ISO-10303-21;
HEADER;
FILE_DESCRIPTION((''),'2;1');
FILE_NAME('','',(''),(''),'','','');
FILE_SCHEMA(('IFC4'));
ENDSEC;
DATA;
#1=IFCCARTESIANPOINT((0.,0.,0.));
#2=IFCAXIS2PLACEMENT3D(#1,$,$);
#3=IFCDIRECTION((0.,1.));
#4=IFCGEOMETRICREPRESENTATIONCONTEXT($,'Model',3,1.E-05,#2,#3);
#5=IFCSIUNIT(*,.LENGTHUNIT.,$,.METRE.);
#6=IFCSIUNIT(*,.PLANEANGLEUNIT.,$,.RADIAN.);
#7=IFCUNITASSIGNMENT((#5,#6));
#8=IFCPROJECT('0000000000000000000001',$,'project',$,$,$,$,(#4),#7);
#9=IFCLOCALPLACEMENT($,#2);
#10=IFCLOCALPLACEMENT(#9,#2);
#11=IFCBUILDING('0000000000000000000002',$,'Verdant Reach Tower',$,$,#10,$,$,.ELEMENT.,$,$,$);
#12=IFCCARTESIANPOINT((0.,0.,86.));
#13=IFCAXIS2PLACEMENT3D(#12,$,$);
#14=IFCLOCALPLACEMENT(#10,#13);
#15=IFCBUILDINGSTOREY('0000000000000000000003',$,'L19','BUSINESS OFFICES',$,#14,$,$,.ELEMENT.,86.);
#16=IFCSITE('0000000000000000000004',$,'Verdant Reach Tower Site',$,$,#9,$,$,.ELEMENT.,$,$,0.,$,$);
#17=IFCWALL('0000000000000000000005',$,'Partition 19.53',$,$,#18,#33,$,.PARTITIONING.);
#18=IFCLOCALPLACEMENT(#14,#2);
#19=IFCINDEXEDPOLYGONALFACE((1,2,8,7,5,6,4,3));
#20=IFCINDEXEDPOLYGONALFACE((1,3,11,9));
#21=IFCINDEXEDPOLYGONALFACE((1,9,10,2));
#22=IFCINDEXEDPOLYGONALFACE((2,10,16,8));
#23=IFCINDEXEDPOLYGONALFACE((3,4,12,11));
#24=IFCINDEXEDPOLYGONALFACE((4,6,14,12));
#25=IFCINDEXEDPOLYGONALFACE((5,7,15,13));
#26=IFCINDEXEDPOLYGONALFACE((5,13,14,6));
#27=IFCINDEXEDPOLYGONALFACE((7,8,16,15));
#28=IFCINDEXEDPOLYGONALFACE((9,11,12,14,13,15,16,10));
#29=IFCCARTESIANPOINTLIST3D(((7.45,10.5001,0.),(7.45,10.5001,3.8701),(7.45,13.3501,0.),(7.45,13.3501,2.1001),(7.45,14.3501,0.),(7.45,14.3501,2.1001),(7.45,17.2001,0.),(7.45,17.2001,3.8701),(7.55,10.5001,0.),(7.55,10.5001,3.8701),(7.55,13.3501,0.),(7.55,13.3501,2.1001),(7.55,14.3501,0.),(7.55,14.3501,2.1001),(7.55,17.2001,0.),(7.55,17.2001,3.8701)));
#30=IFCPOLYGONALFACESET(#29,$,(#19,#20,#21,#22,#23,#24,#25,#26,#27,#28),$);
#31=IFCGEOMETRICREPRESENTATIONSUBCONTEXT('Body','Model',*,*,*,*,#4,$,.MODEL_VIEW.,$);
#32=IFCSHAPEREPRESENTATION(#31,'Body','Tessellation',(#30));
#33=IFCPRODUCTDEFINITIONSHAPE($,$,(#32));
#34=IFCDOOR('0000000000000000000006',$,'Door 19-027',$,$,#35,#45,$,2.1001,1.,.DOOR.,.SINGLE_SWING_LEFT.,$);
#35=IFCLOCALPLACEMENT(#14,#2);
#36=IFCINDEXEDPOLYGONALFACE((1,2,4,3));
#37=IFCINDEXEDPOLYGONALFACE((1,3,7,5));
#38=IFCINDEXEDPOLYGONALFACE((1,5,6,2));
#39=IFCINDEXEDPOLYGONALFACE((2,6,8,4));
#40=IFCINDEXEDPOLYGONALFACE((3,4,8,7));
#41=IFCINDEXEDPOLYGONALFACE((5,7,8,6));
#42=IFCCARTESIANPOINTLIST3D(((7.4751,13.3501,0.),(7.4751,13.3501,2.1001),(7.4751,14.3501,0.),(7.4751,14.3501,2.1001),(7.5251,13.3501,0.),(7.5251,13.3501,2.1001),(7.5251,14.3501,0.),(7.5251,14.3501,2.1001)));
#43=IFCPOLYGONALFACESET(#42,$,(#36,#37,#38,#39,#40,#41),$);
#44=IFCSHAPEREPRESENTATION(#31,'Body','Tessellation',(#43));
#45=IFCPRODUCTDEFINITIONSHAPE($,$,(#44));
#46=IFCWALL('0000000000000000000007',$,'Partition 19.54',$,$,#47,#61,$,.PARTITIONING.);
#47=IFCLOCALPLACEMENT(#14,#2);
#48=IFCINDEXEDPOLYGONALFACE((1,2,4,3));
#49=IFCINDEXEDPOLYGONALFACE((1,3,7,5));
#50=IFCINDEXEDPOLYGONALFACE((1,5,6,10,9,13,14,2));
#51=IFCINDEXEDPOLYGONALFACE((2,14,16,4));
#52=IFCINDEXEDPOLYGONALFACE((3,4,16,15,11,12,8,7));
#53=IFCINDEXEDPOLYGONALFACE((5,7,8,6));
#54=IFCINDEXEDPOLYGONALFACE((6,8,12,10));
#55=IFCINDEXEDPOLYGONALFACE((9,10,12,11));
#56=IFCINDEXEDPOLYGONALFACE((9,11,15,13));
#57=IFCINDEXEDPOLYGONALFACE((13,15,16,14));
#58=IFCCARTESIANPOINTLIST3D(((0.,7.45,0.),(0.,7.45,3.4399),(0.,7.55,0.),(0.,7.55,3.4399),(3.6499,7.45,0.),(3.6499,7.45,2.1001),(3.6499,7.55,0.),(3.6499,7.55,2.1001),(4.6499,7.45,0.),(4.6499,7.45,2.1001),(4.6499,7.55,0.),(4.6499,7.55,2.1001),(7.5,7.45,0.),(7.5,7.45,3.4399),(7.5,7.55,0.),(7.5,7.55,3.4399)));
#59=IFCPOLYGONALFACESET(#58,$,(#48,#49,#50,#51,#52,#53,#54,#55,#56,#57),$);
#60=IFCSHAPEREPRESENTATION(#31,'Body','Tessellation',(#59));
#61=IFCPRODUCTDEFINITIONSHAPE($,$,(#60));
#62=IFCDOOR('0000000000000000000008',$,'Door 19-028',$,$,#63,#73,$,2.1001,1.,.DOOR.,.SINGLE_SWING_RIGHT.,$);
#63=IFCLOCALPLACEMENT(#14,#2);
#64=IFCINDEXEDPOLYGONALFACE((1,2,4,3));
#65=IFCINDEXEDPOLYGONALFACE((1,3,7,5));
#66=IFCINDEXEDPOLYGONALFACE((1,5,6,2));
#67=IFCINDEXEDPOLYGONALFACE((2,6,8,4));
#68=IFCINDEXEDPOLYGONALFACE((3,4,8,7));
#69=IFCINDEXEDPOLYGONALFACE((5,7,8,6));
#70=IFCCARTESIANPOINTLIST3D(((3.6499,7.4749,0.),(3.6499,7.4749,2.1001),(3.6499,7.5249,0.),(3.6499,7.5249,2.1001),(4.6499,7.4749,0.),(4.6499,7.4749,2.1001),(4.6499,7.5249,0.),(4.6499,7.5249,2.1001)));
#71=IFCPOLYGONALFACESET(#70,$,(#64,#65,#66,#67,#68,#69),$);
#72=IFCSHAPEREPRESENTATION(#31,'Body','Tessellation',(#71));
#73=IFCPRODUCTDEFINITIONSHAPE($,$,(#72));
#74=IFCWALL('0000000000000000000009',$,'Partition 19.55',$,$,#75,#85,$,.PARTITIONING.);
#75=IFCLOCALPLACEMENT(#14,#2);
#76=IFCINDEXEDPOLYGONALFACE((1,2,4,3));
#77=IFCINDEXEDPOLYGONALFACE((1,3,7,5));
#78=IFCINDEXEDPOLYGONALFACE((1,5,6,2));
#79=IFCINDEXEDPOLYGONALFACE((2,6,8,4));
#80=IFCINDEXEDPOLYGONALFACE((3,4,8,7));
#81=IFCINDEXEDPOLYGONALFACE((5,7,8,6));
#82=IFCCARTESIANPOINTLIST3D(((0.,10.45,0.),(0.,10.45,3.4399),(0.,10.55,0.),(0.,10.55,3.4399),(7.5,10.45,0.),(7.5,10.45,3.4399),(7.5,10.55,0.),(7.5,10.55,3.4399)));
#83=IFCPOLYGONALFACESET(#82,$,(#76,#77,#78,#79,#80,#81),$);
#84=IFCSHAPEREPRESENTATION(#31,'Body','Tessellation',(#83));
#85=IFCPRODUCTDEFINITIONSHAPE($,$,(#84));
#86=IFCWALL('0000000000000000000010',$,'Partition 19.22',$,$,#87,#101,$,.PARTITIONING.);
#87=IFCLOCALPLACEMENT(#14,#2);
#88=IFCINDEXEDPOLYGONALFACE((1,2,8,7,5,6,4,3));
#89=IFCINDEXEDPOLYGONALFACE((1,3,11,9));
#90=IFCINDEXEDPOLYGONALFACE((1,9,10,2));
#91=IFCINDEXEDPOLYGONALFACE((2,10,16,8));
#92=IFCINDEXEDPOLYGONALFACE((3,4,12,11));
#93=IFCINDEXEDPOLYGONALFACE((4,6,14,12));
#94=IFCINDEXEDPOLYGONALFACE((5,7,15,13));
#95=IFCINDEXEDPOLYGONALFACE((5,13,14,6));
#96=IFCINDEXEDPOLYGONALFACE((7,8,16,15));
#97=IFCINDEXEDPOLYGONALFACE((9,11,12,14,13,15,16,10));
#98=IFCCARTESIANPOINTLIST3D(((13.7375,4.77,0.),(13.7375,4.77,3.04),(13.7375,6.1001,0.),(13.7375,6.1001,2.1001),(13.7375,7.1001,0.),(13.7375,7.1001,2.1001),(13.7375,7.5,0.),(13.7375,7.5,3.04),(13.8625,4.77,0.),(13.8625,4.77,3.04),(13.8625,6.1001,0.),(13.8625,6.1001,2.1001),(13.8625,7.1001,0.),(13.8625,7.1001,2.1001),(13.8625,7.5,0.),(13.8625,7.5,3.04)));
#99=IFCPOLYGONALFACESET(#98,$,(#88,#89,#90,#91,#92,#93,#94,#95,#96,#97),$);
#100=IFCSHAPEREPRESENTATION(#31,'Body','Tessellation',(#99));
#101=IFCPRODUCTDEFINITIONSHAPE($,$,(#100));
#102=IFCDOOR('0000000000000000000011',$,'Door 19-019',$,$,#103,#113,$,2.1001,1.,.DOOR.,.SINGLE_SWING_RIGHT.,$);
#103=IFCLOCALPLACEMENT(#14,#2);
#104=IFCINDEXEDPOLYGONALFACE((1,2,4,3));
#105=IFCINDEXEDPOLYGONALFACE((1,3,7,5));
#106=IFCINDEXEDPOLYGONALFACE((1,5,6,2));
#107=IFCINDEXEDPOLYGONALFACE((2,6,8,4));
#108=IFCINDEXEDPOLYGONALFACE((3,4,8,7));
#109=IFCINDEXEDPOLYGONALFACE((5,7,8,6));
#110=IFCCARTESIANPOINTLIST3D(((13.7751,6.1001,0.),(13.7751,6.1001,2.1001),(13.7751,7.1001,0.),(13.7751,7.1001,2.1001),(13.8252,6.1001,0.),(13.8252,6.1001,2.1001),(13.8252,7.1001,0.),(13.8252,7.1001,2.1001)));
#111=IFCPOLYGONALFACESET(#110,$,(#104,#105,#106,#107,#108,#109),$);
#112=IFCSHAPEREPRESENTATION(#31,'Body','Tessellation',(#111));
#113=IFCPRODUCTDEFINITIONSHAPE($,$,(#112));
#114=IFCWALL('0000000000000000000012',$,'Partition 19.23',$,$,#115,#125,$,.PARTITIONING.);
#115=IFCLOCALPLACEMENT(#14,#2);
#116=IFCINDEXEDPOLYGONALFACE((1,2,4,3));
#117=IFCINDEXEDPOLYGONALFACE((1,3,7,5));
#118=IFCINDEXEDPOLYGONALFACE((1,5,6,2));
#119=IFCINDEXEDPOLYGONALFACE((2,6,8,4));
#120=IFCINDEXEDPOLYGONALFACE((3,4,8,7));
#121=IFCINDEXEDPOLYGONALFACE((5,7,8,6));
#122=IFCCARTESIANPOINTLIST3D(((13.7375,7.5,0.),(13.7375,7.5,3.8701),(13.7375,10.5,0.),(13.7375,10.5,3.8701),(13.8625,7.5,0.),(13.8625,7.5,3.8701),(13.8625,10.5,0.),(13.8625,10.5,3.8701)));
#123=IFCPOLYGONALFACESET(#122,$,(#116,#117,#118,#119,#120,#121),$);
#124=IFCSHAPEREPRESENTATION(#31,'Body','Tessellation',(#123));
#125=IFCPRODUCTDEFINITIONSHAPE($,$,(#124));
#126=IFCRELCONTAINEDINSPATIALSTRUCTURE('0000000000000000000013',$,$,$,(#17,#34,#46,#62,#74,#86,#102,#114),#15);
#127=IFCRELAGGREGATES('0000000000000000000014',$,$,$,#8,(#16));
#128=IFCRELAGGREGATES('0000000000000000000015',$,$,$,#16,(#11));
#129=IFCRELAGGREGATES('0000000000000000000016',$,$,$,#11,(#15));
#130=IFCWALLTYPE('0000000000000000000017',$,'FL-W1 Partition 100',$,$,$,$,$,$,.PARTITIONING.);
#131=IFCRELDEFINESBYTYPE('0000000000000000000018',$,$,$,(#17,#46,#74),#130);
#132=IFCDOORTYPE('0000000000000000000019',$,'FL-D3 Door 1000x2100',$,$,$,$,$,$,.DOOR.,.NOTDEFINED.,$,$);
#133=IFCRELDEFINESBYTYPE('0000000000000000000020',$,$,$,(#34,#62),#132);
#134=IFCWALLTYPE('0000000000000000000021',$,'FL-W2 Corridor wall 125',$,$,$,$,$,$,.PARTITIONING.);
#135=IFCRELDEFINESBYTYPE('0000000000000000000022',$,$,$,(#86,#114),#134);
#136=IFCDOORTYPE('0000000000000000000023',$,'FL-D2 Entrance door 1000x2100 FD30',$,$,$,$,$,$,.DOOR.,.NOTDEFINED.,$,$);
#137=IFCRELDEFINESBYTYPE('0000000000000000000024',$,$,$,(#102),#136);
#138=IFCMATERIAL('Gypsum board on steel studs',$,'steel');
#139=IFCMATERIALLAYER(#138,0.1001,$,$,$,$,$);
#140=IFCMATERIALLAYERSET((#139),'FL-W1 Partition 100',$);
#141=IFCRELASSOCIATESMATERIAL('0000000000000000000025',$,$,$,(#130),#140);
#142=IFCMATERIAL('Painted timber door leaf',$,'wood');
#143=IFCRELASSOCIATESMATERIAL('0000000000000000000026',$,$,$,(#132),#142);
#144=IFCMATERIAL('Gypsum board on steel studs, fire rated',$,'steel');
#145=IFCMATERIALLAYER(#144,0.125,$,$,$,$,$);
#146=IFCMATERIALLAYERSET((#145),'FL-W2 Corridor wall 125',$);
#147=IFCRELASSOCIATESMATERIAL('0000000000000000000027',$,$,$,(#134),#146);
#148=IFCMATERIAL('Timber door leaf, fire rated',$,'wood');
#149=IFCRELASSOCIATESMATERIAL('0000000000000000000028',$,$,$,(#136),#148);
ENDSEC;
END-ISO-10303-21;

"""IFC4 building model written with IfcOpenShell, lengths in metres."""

from ifc_helpers import new_model, si_unit, direction, frame, frame_2d, origin, place, context, subcontext, project, spatial, rectangle, extrude, material, layer, layer_set, type_object, element, fill, save


model = new_model("IFC4")

# Units and contexts
model_context = context("Model", 3, precision=1e-05, world=origin(), true_north=direction((0.0, 1.0)))
body_context = subcontext(model_context, "Body", "Model", "MODEL_VIEW")
ifc_project = project(units=[si_unit("LENGTHUNIT", "METRE"), si_unit("PLANEANGLEUNIT", "RADIAN")], contexts=[model_context])

# Site, building, storey
site_placement = place(None, origin())
site = spatial("IfcSite", under=ifc_project, at=site_placement, Name="Verdant Reach Tower Site", CompositionType="ELEMENT", RefElevation=0.0)
building_placement = place(site_placement, origin())
building = spatial("IfcBuilding", under=site, at=building_placement, Name="Verdant Reach Tower", CompositionType="ELEMENT")
storey_placement = place(building_placement, frame((0.0, 0.0, 86.0)))
storey = spatial("IfcBuildingStorey", under=building, at=storey_placement, Name="L19", Description="BUSINESS OFFICES", CompositionType="ELEMENT", Elevation=86.0)

# Shared definitions
ifc_material_1 = material(Name="Gypsum board on steel studs", Category="steel")
ifc_layer_1 = layer(ifc_material_1, 0.1001)
ifc_layer_set_1 = layer_set([ifc_layer_1], Name="FL-W1 Partition 100")
wall_type_1 = type_object("IfcWallType", Name="FL-W1 Partition 100", PredefinedType="PARTITIONING", material=ifc_layer_set_1)

# Shared definitions
ifc_material_2 = material(Name="Painted timber door leaf", Category="wood")
door_type_1 = type_object("IfcDoorType", Name="FL-D3 Door 1000x2100", OperationType="NOTDEFINED", PredefinedType="DOOR", material=ifc_material_2)

# Walls, openings, doors
wall_1_placement = place(storey_placement, frame((7.5, 10.5, 0.0), z_axis=(0.0, 0.0, 1.0), x_axis=(0.0, 1.0, 0.0)))
wall_1 = element("IfcWall", 1, at=wall_1_placement, inside=storey, type_object=wall_type_1, Name="Partition 19.53", PredefinedType="PARTITIONING", context=body_context, shape_type="SweptSolid", body=[
    extrude(rectangle(XDim=6.7, YDim=0.1001, at=frame_2d((3.3501, 0.0))), origin(), (0.0, 0.0, 1.0), 3.8701),
])
opening_1_placement = place(wall_1_placement, frame((2.8501, 0.0, 0.0)))
opening_1 = element("IfcOpeningElement", 2, at=opening_1_placement, cuts=wall_1, PredefinedType="OPENING", context=body_context, shape_type="SweptSolid", body=[
    extrude(rectangle(XDim=1.0, YDim=2.1001, at=frame_2d((0.5, 1.05))), frame((0.0, 0.0601, 0.0), z_axis=(0.0, -1.0, 0.0), x_axis=(1.0, 0.0, 0.0)), (0.0, 0.0, 1.0), 0.1201),
])
door_1_placement = place(opening_1_placement, origin())
door_1 = element("IfcDoor", 3, at=door_1_placement, inside=storey, type_object=door_type_1, Name="Door 19-027", OperationType="SINGLE_SWING_LEFT", OverallHeight=2.1001, OverallWidth=1.0, PredefinedType="DOOR", context=body_context, shape_type="SweptSolid", body=[
    extrude(rectangle(XDim=1.0, YDim=2.1001, at=frame_2d((0.5, 1.05))), frame((0.0, 0.0249, 0.0), z_axis=(0.0, -1.0, 0.0), x_axis=(1.0, 0.0, 0.0)), (0.0, 0.0, 1.0), 0.05),
])
fill(opening_1, door_1)
wall_2_placement = place(storey_placement, frame((0.0, 7.5, 0.0), z_axis=(0.0, 0.0, 1.0), x_axis=(1.0, 0.0, 0.0)))
wall_2 = element("IfcWall", 4, at=wall_2_placement, inside=storey, type_object=wall_type_1, Name="Partition 19.54", PredefinedType="PARTITIONING", context=body_context, shape_type="SweptSolid", body=[
    extrude(rectangle(XDim=7.5, YDim=0.1001, at=frame_2d((3.75, 0.0))), origin(), (0.0, 0.0, 1.0), 3.4399),
])
opening_2_placement = place(wall_2_placement, frame((3.6499, 0.0, 0.0)))
opening_2 = element("IfcOpeningElement", 5, at=opening_2_placement, cuts=wall_2, PredefinedType="OPENING", context=body_context, shape_type="SweptSolid", body=[
    extrude(rectangle(XDim=1.0, YDim=2.1001, at=frame_2d((0.5, 1.05))), frame((0.0, 0.0601, 0.0), z_axis=(0.0, -1.0, 0.0), x_axis=(1.0, 0.0, 0.0)), (0.0, 0.0, 1.0), 0.1201),
])
door_2_placement = place(opening_2_placement, origin())
door_2 = element("IfcDoor", 6, at=door_2_placement, inside=storey, type_object=door_type_1, Name="Door 19-028", OperationType="SINGLE_SWING_RIGHT", OverallHeight=2.1001, OverallWidth=1.0, PredefinedType="DOOR", context=body_context, shape_type="SweptSolid", body=[
    extrude(rectangle(XDim=1.0, YDim=2.1001, at=frame_2d((0.5, 1.05))), frame((0.0, 0.0249, 0.0), z_axis=(0.0, -1.0, 0.0), x_axis=(1.0, 0.0, 0.0)), (0.0, 0.0, 1.0), 0.05),
])
fill(opening_2, door_2)

# Wall
wall_3_placement = place(storey_placement, frame((7.5, 10.5, 0.0), z_axis=(0.0, 0.0, 1.0), x_axis=(-1.0, 0.0, 0.0)))
element("IfcWall", 7, at=wall_3_placement, inside=storey, type_object=wall_type_1, Name="Partition 19.55", PredefinedType="PARTITIONING", context=body_context, shape_type="SweptSolid", body=[
    extrude(rectangle(XDim=7.5, YDim=0.1001, at=frame_2d((3.75, 0.0))), origin(), (0.0, 0.0, 1.0), 3.4399),
])

# Wall, opening, door
ifc_material_3 = material(Name="Gypsum board on steel studs, fire rated", Category="steel")
ifc_layer_2 = layer(ifc_material_3, 0.125)
ifc_layer_set_2 = layer_set([ifc_layer_2], Name="FL-W2 Corridor wall 125")
wall_type_2 = type_object("IfcWallType", Name="FL-W2 Corridor wall 125", PredefinedType="PARTITIONING", material=ifc_layer_set_2)
wall_4_placement = place(storey_placement, frame((13.8, 4.77, 0.0), z_axis=(0.0, 0.0, 1.0), x_axis=(0.0, 1.0, 0.0)))
wall_4 = element("IfcWall", 8, at=wall_4_placement, inside=storey, type_object=wall_type_2, Name="Partition 19.22", PredefinedType="PARTITIONING", context=body_context, shape_type="SweptSolid", body=[
    extrude(rectangle(XDim=2.73, YDim=0.125, at=frame_2d((1.365, 0.0))), origin(), (0.0, 0.0, 1.0), 3.04),
])
opening_3_placement = place(wall_4_placement, frame((1.3301, 0.0, 0.0)))
opening_3 = element("IfcOpeningElement", 9, at=opening_3_placement, cuts=wall_4, PredefinedType="OPENING", context=body_context, shape_type="SweptSolid", body=[
    extrude(rectangle(XDim=1.0, YDim=2.1001, at=frame_2d((0.5, 1.05))), frame((0.0, 0.0725, 0.0), z_axis=(0.0, -1.0, 0.0), x_axis=(1.0, 0.0, 0.0)), (0.0, 0.0, 1.0), 0.145),
])
ifc_material_4 = material(Name="Timber door leaf, fire rated", Category="wood")
door_type_2 = type_object("IfcDoorType", Name="FL-D2 Entrance door 1000x2100 FD30", OperationType="NOTDEFINED", PredefinedType="DOOR", material=ifc_material_4)
door_3_placement = place(opening_3_placement, origin())
door_3 = element("IfcDoor", 10, at=door_3_placement, inside=storey, type_object=door_type_2, Name="Door 19-019", OperationType="SINGLE_SWING_RIGHT", OverallHeight=2.1001, OverallWidth=1.0, PredefinedType="DOOR", context=body_context, shape_type="SweptSolid", body=[
    extrude(rectangle(XDim=1.0, YDim=2.1001, at=frame_2d((0.5, 1.05))), frame((0.0, 0.0249, 0.0), z_axis=(0.0, -1.0, 0.0), x_axis=(1.0, 0.0, 0.0)), (0.0, 0.0, 1.0), 0.05),
])
fill(opening_3, door_3)

# Wall
wall_5_placement = place(storey_placement, frame((13.8, 10.5, 0.0), z_axis=(0.0, 0.0, 1.0), x_axis=(0.0, -1.0, 0.0)))
element("IfcWall", 11, at=wall_5_placement, inside=storey, type_object=wall_type_2, Name="Partition 19.23", PredefinedType="PARTITIONING", context=body_context, shape_type="SweptSolid", body=[
    extrude(rectangle(XDim=3.0, YDim=0.125, at=frame_2d((1.5, 0.0))), origin(), (0.0, 0.0, 1.0), 3.8701),
])

save(model, "model.ifc")
